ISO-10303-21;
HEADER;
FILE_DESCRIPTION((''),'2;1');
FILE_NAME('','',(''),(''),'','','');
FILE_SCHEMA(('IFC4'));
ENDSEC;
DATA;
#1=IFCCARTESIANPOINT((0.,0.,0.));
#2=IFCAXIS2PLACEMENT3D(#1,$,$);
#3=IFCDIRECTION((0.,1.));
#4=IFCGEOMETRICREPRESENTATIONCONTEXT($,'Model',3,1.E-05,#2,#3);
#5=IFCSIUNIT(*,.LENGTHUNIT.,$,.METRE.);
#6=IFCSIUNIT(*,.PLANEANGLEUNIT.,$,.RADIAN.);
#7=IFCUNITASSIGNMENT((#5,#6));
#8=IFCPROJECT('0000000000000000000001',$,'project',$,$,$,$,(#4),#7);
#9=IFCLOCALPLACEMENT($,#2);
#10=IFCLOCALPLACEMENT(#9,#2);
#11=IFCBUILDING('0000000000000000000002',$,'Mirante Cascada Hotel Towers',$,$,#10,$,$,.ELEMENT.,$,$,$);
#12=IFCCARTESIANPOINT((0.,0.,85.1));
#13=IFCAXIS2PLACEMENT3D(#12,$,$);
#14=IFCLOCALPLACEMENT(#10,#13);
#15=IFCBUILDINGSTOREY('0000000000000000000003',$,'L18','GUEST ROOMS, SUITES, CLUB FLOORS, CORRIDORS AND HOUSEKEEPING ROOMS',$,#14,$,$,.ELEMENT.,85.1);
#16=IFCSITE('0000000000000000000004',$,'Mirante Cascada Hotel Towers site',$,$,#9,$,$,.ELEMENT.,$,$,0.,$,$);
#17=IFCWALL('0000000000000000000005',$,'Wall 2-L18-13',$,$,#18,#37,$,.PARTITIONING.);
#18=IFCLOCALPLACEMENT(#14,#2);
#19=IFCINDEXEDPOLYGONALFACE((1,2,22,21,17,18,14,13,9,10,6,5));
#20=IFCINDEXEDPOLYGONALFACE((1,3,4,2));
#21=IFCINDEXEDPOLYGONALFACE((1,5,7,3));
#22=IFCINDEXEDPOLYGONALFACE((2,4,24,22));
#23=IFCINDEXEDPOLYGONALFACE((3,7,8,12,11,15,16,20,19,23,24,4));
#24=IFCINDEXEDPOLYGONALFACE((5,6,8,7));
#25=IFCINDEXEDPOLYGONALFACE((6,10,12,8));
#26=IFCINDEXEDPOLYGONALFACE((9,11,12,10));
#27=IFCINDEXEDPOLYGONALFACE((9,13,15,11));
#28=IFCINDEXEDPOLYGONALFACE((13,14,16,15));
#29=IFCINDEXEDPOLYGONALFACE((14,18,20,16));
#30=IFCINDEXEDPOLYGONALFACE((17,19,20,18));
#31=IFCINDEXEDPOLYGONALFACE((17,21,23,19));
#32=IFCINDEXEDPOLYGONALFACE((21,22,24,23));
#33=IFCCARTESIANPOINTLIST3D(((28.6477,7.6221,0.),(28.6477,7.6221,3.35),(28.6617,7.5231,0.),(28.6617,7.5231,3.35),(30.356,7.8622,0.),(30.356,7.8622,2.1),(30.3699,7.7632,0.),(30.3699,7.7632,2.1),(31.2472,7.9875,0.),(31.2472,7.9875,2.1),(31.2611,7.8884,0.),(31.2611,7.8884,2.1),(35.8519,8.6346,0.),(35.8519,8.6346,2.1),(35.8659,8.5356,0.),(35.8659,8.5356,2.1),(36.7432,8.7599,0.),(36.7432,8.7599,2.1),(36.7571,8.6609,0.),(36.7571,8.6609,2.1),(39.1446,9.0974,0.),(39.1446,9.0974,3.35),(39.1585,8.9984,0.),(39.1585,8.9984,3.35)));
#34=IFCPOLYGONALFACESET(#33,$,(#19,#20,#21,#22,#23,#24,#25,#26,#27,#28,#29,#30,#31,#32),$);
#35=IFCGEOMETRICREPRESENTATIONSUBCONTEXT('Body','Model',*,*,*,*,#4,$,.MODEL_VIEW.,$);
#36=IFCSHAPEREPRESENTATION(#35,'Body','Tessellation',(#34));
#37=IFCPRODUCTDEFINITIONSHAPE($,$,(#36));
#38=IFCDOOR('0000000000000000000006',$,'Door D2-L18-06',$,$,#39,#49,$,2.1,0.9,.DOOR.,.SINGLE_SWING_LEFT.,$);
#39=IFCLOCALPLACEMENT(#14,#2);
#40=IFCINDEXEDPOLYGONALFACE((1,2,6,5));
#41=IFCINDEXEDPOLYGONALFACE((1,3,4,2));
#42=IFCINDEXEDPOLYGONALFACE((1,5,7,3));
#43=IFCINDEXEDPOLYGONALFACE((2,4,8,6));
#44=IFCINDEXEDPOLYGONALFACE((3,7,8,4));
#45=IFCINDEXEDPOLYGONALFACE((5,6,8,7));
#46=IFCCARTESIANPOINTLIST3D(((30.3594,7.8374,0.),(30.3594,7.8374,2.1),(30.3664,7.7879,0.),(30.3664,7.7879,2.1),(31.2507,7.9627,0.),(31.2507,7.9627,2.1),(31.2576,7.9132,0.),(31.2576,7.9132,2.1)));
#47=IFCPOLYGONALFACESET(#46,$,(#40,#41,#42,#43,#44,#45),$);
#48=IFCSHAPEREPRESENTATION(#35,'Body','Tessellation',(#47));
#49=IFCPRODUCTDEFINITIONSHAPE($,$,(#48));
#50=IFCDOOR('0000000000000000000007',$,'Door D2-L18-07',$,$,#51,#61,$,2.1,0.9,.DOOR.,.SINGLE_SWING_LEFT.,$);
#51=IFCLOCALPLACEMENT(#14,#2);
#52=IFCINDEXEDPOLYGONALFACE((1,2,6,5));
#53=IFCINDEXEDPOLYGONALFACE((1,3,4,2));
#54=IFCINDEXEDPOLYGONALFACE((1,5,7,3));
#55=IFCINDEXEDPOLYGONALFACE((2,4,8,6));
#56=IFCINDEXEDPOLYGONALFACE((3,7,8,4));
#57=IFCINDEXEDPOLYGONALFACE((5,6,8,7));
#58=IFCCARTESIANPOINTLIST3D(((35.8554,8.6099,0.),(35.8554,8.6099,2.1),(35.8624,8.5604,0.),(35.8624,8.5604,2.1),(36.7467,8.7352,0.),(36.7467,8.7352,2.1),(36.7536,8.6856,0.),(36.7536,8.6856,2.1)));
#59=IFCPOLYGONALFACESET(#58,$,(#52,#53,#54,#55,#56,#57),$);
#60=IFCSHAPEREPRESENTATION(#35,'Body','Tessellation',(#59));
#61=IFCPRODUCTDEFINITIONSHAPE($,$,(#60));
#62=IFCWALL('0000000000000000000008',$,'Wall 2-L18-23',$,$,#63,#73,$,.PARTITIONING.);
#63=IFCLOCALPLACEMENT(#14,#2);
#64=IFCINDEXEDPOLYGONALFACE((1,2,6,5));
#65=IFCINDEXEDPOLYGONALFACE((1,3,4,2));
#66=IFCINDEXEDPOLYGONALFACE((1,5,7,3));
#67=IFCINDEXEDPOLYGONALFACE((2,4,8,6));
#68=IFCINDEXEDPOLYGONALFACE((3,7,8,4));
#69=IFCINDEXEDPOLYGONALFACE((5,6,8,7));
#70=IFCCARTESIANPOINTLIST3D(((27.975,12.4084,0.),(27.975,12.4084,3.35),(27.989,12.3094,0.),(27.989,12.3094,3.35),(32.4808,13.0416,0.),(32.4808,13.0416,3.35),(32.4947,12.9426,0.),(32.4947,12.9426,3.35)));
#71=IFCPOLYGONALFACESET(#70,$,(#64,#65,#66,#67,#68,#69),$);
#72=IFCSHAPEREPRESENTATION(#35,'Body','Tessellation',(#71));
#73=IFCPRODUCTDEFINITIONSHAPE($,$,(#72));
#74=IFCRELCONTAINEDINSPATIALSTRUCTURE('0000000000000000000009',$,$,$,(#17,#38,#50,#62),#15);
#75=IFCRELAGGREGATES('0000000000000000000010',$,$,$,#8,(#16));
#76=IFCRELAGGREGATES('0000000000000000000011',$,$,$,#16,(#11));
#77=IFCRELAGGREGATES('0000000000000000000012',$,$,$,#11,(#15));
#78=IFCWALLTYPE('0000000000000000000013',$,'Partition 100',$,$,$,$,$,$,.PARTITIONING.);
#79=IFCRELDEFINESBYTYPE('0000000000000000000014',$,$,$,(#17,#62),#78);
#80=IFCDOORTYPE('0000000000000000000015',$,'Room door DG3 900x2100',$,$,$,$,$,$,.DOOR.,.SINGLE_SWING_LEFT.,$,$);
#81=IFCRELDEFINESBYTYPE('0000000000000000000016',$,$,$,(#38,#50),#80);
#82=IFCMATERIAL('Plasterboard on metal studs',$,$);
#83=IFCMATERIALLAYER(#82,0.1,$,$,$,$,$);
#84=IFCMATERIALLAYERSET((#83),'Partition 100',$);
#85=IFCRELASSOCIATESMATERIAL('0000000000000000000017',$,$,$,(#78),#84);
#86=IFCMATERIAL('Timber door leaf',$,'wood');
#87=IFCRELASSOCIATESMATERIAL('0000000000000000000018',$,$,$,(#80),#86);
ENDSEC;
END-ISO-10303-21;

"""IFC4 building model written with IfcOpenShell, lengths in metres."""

from ifc_helpers import new_model, si_unit, direction, frame, frame_2d, origin, place, context, subcontext, project, spatial, rectangle, extrude, material, layer, layer_set, type_object, element, fill, save


model = new_model("IFC4")

# Units and contexts
model_context = context("Model", 3, precision=1e-05, world=origin(), true_north=direction((0.0, 1.0)))
body_context = subcontext(model_context, "Body", "Model", "MODEL_VIEW")
ifc_project = project(units=[si_unit("LENGTHUNIT", "METRE"), si_unit("PLANEANGLEUNIT", "RADIAN")], contexts=[model_context])

# Site, building, storey
site_placement = place(None, origin())
site = spatial("IfcSite", under=ifc_project, at=site_placement, Name="Mirante Cascada Hotel Towers site", CompositionType="ELEMENT", RefElevation=0.0)
building_placement = place(site_placement, origin())
building = spatial("IfcBuilding", under=site, at=building_placement, Name="Mirante Cascada Hotel Towers", CompositionType="ELEMENT")
storey_placement = place(building_placement, frame((0.0, 0.0, 85.1)))
storey = spatial("IfcBuildingStorey", under=building, at=storey_placement, Name="L18", Description="GUEST ROOMS, SUITES, CLUB FLOORS, CORRIDORS AND HOUSEKEEPING ROOMS", CompositionType="ELEMENT", Elevation=85.1)

# Wall, openings, doors
ifc_material_1 = material(Name="Plasterboard on metal studs")
ifc_layer_1 = layer(ifc_material_1, 0.1)
ifc_layer_set_1 = layer_set([ifc_layer_1], Name="Partition 100")
wall_type = type_object("IfcWallType", Name="Partition 100", PredefinedType="PARTITIONING", material=ifc_layer_set_1)
wall_1_placement = place(storey_placement, frame((28.6547, 7.5726, 0.0), z_axis=(0.0, 0.0, 1.0), x_axis=(0.990267, 0.13918, 0.0)))
wall_1 = element("IfcWall", 1, at=wall_1_placement, inside=storey, type_object=wall_type, Name="Wall 2-L18-13", PredefinedType="PARTITIONING", context=body_context, shape_type="SweptSolid", body=[
    extrude(rectangle(XDim=10.6, YDim=0.1, at=frame_2d((5.3, 0.0))), origin(), (0.0, 0.0, 1.0), 3.35),
])
opening_1_placement = place(wall_1_placement, frame((1.725, 0.0, 0.0)))
opening_1 = element("IfcOpeningElement", 2, at=opening_1_placement, cuts=wall_1, PredefinedType="OPENING", context=body_context, shape_type="SweptSolid", body=[
    extrude(rectangle(XDim=0.9, YDim=2.1, at=frame_2d((0.45, 1.05))), frame((0.0, 0.05, 0.0), z_axis=(0.0, -1.0, 0.0), x_axis=(1.0, 0.0, 0.0)), (0.0, 0.0, 1.0), 0.1),
])
opening_2_placement = place(wall_1_placement, frame((7.275, 0.0, 0.0)))
opening_2 = element("IfcOpeningElement", 3, at=opening_2_placement, cuts=wall_1, PredefinedType="OPENING", context=body_context, shape_type="SweptSolid", body=[
    extrude(rectangle(XDim=0.9, YDim=2.1, at=frame_2d((0.45, 1.05))), frame((0.0, 0.05, 0.0), z_axis=(0.0, -1.0, 0.0), x_axis=(1.0, 0.0, 0.0)), (0.0, 0.0, 1.0), 0.1),
])
ifc_material_2 = material(Name="Timber door leaf", Category="wood")
door_type = type_object("IfcDoorType", Name="Room door DG3 900x2100", OperationType="SINGLE_SWING_LEFT", PredefinedType="DOOR", material=ifc_material_2)
door_1_placement = place(opening_1_placement, origin())
door_1 = element("IfcDoor", 4, at=door_1_placement, inside=storey, type_object=door_type, Name="Door D2-L18-06", OperationType="SINGLE_SWING_LEFT", OverallHeight=2.1, OverallWidth=0.9, PredefinedType="DOOR", context=body_context, shape_type="SweptSolid", body=[
    extrude(rectangle(XDim=0.9, YDim=2.1, at=frame_2d((0.45, 1.05))), frame((0.0, 0.025, 0.0), z_axis=(0.0, -1.0, 0.0), x_axis=(1.0, 0.0, 0.0)), (0.0, 0.0, 1.0), 0.05),
])
fill(opening_1, door_1)
door_2_placement = place(opening_2_placement, origin())
door_2 = element("IfcDoor", 5, at=door_2_placement, inside=storey, type_object=door_type, Name="Door D2-L18-07", OperationType="SINGLE_SWING_LEFT", OverallHeight=2.1, OverallWidth=0.9, PredefinedType="DOOR", context=body_context, shape_type="SweptSolid", body=[
    extrude(rectangle(XDim=0.9, YDim=2.1, at=frame_2d((0.45, 1.05))), frame((0.0, 0.025, 0.0), z_axis=(0.0, -1.0, 0.0), x_axis=(1.0, 0.0, 0.0)), (0.0, 0.0, 1.0), 0.05),
])
fill(opening_2, door_2)

# Wall
wall_2_placement = place(storey_placement, frame((27.982, 12.3589, 0.0), z_axis=(0.0, 0.0, 1.0), x_axis=(0.990269, 0.139166, 0.0)))
element("IfcWall", 6, at=wall_2_placement, inside=storey, type_object=wall_type, Name="Wall 2-L18-23", PredefinedType="PARTITIONING", context=body_context, shape_type="SweptSolid", body=[
    extrude(rectangle(XDim=4.55, YDim=0.1, at=frame_2d((2.275, 0.0))), origin(), (0.0, 0.0, 1.0), 3.35),
])

save(model, "model.ifc")
